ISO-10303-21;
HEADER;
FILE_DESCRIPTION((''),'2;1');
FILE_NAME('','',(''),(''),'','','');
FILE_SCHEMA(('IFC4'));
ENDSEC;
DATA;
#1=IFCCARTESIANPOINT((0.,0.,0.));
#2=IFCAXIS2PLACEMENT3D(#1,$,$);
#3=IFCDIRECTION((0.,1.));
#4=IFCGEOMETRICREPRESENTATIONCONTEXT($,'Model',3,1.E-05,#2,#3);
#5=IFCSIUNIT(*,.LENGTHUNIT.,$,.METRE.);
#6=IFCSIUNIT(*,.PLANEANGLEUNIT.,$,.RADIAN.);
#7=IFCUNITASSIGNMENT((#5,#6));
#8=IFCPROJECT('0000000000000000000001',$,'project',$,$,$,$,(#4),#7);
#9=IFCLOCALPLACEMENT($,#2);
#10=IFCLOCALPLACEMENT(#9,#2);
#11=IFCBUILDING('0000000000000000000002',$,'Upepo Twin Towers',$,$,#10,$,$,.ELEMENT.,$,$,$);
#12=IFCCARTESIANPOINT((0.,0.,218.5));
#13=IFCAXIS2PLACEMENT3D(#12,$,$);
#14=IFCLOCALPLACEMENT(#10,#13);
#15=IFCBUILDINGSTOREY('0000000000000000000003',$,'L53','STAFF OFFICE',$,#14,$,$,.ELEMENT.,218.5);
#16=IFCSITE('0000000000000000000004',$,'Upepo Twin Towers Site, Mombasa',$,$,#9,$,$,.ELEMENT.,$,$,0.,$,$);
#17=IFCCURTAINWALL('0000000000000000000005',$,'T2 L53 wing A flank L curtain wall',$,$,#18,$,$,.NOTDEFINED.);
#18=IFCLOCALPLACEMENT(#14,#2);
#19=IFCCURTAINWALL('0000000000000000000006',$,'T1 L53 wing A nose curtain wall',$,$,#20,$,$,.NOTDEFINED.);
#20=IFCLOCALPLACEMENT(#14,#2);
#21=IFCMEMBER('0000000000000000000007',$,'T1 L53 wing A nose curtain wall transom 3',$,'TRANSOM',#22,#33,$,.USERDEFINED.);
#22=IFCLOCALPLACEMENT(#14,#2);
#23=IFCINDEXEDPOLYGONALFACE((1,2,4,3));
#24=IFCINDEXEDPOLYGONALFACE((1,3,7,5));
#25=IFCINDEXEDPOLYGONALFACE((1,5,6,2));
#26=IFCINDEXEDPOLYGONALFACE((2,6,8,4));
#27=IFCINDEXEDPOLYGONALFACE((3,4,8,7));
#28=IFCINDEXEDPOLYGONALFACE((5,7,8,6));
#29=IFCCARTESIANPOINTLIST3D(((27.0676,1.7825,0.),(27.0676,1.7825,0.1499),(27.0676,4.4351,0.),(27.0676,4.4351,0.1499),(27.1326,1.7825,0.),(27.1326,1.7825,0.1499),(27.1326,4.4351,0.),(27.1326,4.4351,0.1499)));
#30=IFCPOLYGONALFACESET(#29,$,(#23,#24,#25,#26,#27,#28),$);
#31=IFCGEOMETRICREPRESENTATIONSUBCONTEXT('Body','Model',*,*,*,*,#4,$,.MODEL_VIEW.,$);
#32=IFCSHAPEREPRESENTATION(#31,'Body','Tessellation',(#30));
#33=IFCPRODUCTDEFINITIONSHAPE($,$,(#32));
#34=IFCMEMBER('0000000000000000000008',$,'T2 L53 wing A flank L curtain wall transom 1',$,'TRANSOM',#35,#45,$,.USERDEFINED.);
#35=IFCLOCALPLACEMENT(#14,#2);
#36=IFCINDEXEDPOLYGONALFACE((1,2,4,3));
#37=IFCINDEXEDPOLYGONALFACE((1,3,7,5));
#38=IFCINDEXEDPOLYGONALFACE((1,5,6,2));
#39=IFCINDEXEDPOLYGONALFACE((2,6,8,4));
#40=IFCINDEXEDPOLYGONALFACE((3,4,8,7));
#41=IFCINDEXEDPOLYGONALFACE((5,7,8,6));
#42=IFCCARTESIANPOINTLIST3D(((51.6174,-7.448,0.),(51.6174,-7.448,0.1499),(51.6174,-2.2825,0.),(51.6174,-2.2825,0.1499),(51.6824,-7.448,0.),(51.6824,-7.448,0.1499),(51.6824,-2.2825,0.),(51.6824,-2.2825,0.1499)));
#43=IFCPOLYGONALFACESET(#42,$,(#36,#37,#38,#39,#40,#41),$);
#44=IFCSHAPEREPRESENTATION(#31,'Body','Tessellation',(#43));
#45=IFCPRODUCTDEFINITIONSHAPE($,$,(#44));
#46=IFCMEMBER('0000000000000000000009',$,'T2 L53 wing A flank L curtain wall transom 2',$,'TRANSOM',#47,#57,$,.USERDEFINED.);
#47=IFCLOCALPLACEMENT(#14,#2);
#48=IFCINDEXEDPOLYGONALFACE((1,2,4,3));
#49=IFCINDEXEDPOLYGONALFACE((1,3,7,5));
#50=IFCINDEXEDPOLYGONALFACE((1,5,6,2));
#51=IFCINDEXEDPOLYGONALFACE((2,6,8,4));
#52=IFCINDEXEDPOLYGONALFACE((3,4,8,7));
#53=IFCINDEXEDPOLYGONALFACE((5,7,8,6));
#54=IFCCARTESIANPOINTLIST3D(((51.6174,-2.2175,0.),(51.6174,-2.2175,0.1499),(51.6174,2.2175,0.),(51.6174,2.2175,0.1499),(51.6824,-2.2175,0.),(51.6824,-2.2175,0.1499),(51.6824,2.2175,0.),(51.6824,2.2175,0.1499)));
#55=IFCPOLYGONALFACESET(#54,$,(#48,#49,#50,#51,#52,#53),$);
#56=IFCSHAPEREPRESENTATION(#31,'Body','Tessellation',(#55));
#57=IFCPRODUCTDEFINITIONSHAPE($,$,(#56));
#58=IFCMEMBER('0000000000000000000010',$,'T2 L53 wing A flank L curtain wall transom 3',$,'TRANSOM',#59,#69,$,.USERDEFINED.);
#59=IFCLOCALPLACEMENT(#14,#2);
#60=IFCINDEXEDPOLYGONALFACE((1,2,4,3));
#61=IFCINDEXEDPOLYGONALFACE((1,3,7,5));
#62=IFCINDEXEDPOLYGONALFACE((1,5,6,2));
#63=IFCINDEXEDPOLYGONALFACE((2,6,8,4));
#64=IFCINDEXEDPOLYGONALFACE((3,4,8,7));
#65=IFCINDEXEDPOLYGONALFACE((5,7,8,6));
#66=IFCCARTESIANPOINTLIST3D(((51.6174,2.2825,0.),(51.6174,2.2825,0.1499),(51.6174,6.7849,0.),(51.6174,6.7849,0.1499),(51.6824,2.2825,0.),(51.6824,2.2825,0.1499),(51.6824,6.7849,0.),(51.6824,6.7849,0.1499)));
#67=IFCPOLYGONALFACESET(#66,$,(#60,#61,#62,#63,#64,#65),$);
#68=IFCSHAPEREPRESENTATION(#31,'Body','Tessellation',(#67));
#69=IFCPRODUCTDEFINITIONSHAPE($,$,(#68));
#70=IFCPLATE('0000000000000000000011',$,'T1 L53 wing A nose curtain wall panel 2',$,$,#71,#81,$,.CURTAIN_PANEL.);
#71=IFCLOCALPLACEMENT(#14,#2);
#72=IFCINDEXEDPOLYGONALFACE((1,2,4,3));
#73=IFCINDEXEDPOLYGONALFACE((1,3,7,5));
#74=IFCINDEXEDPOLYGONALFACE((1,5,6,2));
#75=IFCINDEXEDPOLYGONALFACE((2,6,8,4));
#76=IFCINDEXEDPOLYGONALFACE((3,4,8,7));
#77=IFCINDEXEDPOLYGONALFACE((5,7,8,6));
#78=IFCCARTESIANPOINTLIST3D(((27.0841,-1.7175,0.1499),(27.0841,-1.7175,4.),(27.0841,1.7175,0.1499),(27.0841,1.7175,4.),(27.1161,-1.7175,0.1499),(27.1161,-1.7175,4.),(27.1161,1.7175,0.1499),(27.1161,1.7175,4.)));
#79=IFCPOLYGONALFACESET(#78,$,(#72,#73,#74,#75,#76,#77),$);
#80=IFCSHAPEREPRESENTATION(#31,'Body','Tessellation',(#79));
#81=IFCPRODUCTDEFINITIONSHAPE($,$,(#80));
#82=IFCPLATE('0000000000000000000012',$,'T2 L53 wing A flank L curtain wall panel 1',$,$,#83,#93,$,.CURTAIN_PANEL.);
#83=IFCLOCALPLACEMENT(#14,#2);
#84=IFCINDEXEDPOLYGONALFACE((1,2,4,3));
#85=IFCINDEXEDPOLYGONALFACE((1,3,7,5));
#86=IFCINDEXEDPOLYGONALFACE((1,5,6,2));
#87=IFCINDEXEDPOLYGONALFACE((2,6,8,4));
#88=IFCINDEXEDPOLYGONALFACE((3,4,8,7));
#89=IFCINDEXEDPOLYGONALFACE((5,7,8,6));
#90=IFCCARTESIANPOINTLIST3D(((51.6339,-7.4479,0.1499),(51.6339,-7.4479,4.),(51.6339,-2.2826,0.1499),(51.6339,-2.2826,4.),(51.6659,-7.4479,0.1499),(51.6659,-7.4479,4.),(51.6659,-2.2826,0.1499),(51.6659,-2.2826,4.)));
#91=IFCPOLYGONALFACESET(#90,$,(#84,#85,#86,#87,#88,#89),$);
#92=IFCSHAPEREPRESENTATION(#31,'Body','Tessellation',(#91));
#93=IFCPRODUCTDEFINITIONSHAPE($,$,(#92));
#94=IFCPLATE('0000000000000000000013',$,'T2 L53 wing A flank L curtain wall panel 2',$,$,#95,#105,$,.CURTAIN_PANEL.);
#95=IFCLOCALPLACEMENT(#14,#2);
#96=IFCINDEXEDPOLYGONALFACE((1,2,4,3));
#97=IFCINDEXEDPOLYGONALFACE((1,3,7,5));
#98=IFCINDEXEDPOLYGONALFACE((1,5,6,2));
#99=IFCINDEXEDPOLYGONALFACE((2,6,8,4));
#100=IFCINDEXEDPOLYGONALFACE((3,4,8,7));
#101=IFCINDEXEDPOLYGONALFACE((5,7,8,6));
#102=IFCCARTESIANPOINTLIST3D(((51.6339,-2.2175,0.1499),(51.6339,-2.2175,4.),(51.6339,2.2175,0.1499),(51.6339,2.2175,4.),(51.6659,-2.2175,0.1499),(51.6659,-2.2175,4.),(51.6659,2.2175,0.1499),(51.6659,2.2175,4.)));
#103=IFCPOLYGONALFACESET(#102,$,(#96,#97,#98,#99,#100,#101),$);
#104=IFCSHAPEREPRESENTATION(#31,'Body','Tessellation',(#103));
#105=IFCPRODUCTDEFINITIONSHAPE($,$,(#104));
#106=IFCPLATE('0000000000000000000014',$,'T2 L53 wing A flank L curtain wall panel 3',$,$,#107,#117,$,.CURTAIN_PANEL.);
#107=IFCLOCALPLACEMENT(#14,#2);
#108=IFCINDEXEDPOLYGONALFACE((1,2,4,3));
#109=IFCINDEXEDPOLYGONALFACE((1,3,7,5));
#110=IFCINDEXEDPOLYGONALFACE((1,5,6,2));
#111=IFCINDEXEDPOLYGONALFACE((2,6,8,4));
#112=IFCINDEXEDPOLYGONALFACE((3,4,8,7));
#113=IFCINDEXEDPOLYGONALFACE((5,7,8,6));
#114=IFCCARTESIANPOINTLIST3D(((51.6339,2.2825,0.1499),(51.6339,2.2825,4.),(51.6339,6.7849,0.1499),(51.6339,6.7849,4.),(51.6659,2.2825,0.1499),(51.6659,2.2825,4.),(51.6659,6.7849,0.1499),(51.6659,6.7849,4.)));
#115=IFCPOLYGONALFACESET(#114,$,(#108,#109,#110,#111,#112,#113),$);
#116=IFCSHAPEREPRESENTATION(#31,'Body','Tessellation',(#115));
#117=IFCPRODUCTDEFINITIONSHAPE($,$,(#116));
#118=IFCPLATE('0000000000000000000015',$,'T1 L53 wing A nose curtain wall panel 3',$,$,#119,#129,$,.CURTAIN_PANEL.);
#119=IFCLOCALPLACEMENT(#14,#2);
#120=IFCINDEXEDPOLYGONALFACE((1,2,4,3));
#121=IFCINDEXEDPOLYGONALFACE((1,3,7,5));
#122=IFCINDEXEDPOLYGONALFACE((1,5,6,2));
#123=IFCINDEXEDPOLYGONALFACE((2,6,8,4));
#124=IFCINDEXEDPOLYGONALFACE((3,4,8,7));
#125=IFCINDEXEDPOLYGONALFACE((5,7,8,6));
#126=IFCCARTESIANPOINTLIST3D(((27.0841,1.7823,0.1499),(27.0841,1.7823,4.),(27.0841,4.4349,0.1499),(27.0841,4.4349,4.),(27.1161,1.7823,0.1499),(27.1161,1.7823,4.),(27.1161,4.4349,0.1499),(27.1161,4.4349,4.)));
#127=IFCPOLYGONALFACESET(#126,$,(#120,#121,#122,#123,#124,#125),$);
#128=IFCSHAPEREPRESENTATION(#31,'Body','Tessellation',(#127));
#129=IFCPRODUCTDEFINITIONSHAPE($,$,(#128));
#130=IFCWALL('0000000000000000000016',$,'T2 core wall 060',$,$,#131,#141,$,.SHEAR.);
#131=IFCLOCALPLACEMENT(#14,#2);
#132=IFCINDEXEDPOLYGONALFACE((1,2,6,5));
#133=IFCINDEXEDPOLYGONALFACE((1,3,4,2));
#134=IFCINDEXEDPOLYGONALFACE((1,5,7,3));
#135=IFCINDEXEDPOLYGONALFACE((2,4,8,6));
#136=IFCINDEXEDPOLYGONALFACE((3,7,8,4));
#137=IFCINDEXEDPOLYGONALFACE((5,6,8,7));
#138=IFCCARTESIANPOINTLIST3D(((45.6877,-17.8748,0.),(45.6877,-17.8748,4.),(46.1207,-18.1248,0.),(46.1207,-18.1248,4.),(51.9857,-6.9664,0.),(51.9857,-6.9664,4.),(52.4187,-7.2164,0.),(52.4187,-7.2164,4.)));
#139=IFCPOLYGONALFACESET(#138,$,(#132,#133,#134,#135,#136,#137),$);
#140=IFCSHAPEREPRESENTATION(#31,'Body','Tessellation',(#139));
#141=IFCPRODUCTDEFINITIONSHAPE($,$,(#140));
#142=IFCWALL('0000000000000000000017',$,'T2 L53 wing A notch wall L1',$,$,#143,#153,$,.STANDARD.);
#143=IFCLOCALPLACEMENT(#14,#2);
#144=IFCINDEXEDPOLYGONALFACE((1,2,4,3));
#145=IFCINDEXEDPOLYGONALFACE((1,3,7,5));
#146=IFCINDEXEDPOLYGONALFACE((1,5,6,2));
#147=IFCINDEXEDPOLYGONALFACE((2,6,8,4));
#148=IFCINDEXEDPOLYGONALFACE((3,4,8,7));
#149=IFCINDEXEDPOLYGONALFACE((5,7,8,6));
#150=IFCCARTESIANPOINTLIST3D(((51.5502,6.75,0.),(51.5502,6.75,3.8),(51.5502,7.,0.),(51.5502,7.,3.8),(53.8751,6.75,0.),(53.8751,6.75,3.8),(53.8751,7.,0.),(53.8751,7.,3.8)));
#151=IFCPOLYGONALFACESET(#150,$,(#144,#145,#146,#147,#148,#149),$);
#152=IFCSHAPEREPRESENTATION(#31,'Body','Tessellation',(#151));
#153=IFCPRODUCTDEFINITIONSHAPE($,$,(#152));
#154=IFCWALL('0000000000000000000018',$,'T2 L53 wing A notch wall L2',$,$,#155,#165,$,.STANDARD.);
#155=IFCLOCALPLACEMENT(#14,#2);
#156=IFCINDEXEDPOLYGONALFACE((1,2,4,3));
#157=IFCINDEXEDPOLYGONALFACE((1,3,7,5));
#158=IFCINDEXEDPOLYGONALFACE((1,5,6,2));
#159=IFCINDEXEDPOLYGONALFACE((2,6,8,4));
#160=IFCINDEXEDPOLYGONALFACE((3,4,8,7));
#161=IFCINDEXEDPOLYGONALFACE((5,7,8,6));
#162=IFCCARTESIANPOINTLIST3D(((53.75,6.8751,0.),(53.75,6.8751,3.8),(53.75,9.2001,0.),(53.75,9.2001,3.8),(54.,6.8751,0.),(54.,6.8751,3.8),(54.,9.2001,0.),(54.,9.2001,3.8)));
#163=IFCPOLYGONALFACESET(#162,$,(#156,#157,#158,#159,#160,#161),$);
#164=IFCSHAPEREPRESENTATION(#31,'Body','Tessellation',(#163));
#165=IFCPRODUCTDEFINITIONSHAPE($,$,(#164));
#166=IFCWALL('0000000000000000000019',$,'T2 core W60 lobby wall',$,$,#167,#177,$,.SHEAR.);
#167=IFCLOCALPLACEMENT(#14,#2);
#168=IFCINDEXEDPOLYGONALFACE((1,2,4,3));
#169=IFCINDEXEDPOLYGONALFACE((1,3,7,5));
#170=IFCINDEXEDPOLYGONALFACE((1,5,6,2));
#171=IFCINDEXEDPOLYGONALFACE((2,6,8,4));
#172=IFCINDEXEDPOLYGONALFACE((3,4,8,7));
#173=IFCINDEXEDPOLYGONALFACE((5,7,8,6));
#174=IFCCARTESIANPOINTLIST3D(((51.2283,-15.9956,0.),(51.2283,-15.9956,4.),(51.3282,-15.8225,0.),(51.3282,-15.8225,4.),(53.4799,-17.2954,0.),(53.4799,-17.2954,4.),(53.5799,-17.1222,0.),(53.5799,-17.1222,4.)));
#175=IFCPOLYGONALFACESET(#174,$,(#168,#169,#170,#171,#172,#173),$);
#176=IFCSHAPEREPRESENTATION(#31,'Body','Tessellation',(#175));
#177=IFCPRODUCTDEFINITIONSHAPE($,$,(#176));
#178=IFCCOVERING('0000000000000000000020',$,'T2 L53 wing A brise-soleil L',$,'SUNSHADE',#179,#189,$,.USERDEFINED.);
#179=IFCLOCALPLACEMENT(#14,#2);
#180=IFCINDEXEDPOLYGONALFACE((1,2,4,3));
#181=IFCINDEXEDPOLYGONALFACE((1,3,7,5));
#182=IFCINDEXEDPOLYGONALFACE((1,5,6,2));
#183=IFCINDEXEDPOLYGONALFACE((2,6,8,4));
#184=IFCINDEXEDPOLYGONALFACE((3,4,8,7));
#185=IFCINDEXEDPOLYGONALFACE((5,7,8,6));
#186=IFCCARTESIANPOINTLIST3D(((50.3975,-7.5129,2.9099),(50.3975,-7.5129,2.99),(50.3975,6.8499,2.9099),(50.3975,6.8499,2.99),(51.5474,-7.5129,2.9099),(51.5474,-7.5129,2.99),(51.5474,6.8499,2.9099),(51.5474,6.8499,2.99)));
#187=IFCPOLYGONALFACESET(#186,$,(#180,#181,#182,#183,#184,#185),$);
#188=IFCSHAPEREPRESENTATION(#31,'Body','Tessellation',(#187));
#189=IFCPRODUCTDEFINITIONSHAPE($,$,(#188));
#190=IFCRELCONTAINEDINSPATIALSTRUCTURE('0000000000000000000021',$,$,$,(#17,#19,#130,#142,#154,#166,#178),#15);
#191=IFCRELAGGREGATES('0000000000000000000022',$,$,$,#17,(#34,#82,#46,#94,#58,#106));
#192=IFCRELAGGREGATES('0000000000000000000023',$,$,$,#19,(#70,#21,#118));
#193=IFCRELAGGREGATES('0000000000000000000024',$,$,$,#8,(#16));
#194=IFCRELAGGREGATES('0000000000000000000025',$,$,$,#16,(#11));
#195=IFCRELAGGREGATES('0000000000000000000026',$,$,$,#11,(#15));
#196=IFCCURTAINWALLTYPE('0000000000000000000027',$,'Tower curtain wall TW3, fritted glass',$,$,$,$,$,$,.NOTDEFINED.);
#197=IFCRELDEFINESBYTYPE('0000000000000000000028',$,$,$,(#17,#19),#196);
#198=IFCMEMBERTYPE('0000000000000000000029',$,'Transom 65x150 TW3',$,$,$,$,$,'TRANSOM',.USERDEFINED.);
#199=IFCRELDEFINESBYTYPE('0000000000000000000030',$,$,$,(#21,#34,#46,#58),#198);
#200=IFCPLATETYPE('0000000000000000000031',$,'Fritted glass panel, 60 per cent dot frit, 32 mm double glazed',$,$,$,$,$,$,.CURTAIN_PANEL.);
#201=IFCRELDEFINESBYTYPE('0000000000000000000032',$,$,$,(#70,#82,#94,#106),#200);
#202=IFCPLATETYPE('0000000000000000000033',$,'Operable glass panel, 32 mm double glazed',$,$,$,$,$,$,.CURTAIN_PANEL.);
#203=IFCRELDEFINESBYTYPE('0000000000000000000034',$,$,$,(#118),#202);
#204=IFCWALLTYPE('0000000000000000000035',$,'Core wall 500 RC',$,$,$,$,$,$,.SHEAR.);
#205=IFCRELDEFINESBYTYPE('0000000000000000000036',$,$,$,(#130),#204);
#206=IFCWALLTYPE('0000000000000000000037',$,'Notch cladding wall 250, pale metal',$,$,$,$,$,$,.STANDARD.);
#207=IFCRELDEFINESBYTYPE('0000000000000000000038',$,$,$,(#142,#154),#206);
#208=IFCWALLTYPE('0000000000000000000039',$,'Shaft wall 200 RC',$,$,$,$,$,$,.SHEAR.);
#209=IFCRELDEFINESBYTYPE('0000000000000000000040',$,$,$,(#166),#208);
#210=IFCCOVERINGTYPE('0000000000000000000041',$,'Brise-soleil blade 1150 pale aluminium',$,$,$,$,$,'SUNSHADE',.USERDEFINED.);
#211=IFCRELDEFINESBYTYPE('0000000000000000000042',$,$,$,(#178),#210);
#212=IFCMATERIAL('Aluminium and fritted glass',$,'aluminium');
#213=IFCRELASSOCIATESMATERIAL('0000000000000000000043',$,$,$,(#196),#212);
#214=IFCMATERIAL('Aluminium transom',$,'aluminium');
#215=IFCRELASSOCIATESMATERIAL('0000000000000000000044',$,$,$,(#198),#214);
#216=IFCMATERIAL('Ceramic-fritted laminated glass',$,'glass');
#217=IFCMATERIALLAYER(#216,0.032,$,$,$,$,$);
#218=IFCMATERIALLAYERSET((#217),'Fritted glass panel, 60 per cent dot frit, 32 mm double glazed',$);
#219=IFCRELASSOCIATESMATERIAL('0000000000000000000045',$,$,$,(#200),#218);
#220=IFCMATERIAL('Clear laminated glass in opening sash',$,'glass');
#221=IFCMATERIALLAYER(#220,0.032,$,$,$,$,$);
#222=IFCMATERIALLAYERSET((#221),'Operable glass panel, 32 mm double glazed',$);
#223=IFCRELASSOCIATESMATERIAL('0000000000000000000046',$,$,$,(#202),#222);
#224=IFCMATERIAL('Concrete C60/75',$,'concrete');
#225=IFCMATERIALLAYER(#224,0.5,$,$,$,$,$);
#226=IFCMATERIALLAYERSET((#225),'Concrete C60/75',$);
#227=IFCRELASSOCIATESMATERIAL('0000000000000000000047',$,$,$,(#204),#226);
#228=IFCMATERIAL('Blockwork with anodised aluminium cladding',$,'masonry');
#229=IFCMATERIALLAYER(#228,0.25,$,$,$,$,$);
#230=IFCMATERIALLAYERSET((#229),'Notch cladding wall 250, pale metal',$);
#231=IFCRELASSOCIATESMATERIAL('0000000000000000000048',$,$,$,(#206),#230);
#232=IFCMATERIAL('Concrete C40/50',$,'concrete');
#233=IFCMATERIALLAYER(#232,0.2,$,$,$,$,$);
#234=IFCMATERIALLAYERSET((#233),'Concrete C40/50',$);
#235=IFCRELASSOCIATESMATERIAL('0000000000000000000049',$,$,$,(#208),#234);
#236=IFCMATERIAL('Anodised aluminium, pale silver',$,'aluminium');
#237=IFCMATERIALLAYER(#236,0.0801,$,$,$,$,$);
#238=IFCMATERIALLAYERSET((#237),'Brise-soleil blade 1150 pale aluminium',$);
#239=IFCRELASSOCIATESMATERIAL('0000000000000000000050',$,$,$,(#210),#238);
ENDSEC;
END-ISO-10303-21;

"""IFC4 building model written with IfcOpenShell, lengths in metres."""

from ifc_helpers import new_model, si_unit, direction, frame, frame_2d, origin, origin_2d, place, context, subcontext, project, spatial, rectangle, extrude, material, layer, layer_set, material_profile, profile_set, type_object, element, aggregate, save


model = new_model("IFC4")

# Units and contexts
model_context = context("Model", 3, precision=1e-05, world=origin(), true_north=direction((0.0, 1.0)))
body_context = subcontext(model_context, "Body", "Model", "MODEL_VIEW")
ifc_project = project(units=[si_unit("LENGTHUNIT", "METRE"), si_unit("PLANEANGLEUNIT", "RADIAN")], contexts=[model_context])

# Site, building, storey
site_placement = place(None, origin())
site = spatial("IfcSite", under=ifc_project, at=site_placement, Name="Upepo Twin Towers Site, Mombasa", CompositionType="ELEMENT", RefElevation=0.0)
building_placement = place(site_placement, origin())
building = spatial("IfcBuilding", under=site, at=building_placement, Name="Upepo Twin Towers", CompositionType="ELEMENT")
storey_placement = place(building_placement, frame((0.0, 0.0, 218.5)))
storey = spatial("IfcBuildingStorey", under=building, at=storey_placement, Name="L53", Description="STAFF OFFICE", CompositionType="ELEMENT", Elevation=218.5)

# Curtain wall
ifc_material_1 = material(Name="Aluminium and fritted glass", Category="aluminium")
curtain_wall_type = type_object("IfcCurtainWallType", Name="Tower curtain wall TW3, fritted glass", PredefinedType="NOTDEFINED", material=ifc_material_1)
curtain_wall_1_placement = place(storey_placement, origin())
curtain_wall_1 = element("IfcCurtainWall", 1, at=curtain_wall_1_placement, inside=storey, type_object=curtain_wall_type, Name="T2 L53 wing A flank L curtain wall", PredefinedType="NOTDEFINED")

# Curtain wall, member
curtain_wall_2_placement = place(storey_placement, origin())
curtain_wall_2 = element("IfcCurtainWall", 2, at=curtain_wall_2_placement, inside=storey, type_object=curtain_wall_type, Name="T1 L53 wing A nose curtain wall", PredefinedType="NOTDEFINED")
ifc_material_2 = material(Name="Aluminium transom", Category="aluminium")
ifc_material_profile_1 = material_profile(ifc_material_2, rectangle(XDim=0.0649, YDim=0.1499, at=origin_2d()), Name="TRANSOM 65x150")
ifc_profile_set_1 = profile_set([ifc_material_profile_1], Name="Aluminium transom")
member_type_1 = type_object("IfcMemberType", Name="Transom 65x150 TW3", ElementType="TRANSOM", PredefinedType="USERDEFINED", material=ifc_profile_set_1)
member_1_placement = place(storey_placement, frame((27.1001, 1.7825, 0.075), z_axis=(0.0, 1.0, 0.0), x_axis=(-1.0, 0.0, 0.0)))
member_1 = element("IfcMember", 3, at=member_1_placement, type_object=member_type_1, Name="T1 L53 wing A nose curtain wall transom 3", ObjectType="TRANSOM", PredefinedType="USERDEFINED", context=body_context, shape_type="SweptSolid", body=[
    extrude(rectangle(XDim=0.0649, YDim=0.1499, at=origin_2d()), origin(), (0.0, 0.0, 1.0), 2.6526),
])

# Members
member_2_placement = place(storey_placement, frame((51.6499, -7.448, 0.075), z_axis=(0.0, 1.0, 0.0), x_axis=(-1.0, 0.0, 0.0)))
member_2 = element("IfcMember", 4, at=member_2_placement, type_object=member_type_1, Name="T2 L53 wing A flank L curtain wall transom 1", ObjectType="TRANSOM", PredefinedType="USERDEFINED", context=body_context, shape_type="SweptSolid", body=[
    extrude(rectangle(XDim=0.0649, YDim=0.1499, at=origin_2d()), origin(), (0.0, 0.0, 1.0), 5.1655),
])
member_3_placement = place(storey_placement, frame((51.6499, -2.2175, 0.075), z_axis=(0.0, 1.0, 0.0), x_axis=(-1.0, 0.0, 0.0)))
member_3 = element("IfcMember", 5, at=member_3_placement, type_object=member_type_1, Name="T2 L53 wing A flank L curtain wall transom 2", ObjectType="TRANSOM", PredefinedType="USERDEFINED", context=body_context, shape_type="SweptSolid", body=[
    extrude(rectangle(XDim=0.0649, YDim=0.1499, at=origin_2d()), origin(), (0.0, 0.0, 1.0), 4.4351),
])
member_4_placement = place(storey_placement, frame((51.6499, 2.2825, 0.075), z_axis=(0.0, 1.0, 0.0), x_axis=(-1.0, 0.0, 0.0)))
member_4 = element("IfcMember", 6, at=member_4_placement, type_object=member_type_1, Name="T2 L53 wing A flank L curtain wall transom 3", ObjectType="TRANSOM", PredefinedType="USERDEFINED", context=body_context, shape_type="SweptSolid", body=[
    extrude(rectangle(XDim=0.0649, YDim=0.1499, at=origin_2d()), origin(), (0.0, 0.0, 1.0), 4.5024),
])

# Plates
ifc_material_3 = material(Name="Ceramic-fritted laminated glass", Category="glass")
ifc_layer_1 = layer(ifc_material_3, 0.032)
ifc_layer_set_1 = layer_set([ifc_layer_1], Name="Fritted glass panel, 60 per cent dot frit, 32 mm double glazed")
plate_type_1 = type_object("IfcPlateType", Name="Fritted glass panel, 60 per cent dot frit, 32 mm double glazed", PredefinedType="CURTAIN_PANEL", material=ifc_layer_set_1)
plate_1_placement = place(storey_placement, frame((27.1001, 0.0, 0.1499), z_axis=(0.0, 0.0, 1.0), x_axis=(0.0, 1.0, 0.0)))
plate_1 = element("IfcPlate", 7, at=plate_1_placement, type_object=plate_type_1, Name="T1 L53 wing A nose curtain wall panel 2", PredefinedType="CURTAIN_PANEL", context=body_context, shape_type="SweptSolid", body=[
    extrude(rectangle(XDim=3.4351, YDim=0.032, at=origin_2d()), origin(), (0.0, 0.0, 1.0), 3.8501),
])
plate_2_placement = place(storey_placement, frame((51.6499, -4.8652, 0.1499), z_axis=(0.0, 0.0, 1.0), x_axis=(0.0, 1.0, 0.0)))
plate_2 = element("IfcPlate", 8, at=plate_2_placement, type_object=plate_type_1, Name="T2 L53 wing A flank L curtain wall panel 1", PredefinedType="CURTAIN_PANEL", context=body_context, shape_type="SweptSolid", body=[
    extrude(rectangle(XDim=5.1653, YDim=0.032, at=origin_2d()), origin(), (0.0, 0.0, 1.0), 3.8501),
])
plate_3_placement = place(storey_placement, frame((51.6499, 0.0, 0.1499), z_axis=(0.0, 0.0, 1.0), x_axis=(0.0, 1.0, 0.0)))
plate_3 = element("IfcPlate", 9, at=plate_3_placement, type_object=plate_type_1, Name="T2 L53 wing A flank L curtain wall panel 2", PredefinedType="CURTAIN_PANEL", context=body_context, shape_type="SweptSolid", body=[
    extrude(rectangle(XDim=4.4351, YDim=0.032, at=origin_2d()), origin(), (0.0, 0.0, 1.0), 3.8501),
])
plate_4_placement = place(storey_placement, frame((51.6499, 4.5337, 0.1499), z_axis=(0.0, 0.0, 1.0), x_axis=(0.0, 1.0, 0.0)))
plate_4 = element("IfcPlate", 10, at=plate_4_placement, type_object=plate_type_1, Name="T2 L53 wing A flank L curtain wall panel 3", PredefinedType="CURTAIN_PANEL", context=body_context, shape_type="SweptSolid", body=[
    extrude(rectangle(XDim=4.5024, YDim=0.032, at=origin_2d()), origin(), (0.0, 0.0, 1.0), 3.8501),
])
aggregate(curtain_wall_1, [member_2, plate_2, member_3, plate_3, member_4, plate_4])
ifc_material_4 = material(Name="Clear laminated glass in opening sash", Category="glass")
ifc_layer_2 = layer(ifc_material_4, 0.032)
ifc_layer_set_2 = layer_set([ifc_layer_2], Name="Operable glass panel, 32 mm double glazed")
plate_type_2 = type_object("IfcPlateType", Name="Operable glass panel, 32 mm double glazed", PredefinedType="CURTAIN_PANEL", material=ifc_layer_set_2)
plate_5_placement = place(storey_placement, frame((27.1001, 3.1086, 0.1499), z_axis=(0.0, 0.0, 1.0), x_axis=(0.0, 1.0, 0.0)))
plate_5 = element("IfcPlate", 11, at=plate_5_placement, type_object=plate_type_2, Name="T1 L53 wing A nose curtain wall panel 3", PredefinedType="CURTAIN_PANEL", context=body_context, shape_type="SweptSolid", body=[
    extrude(rectangle(XDim=2.6526, YDim=0.032, at=origin_2d()), origin(), (0.0, 0.0, 1.0), 3.8501),
])
aggregate(curtain_wall_2, [plate_1, member_1, plate_5])

# Walls
ifc_material_5 = material(Name="Concrete C60/75", Category="concrete")
ifc_layer_3 = layer(ifc_material_5, 0.5)
ifc_layer_set_3 = layer_set([ifc_layer_3], Name="Concrete C60/75")
wall_type_1 = type_object("IfcWallType", Name="Core wall 500 RC", PredefinedType="SHEAR", material=ifc_layer_set_3)
wall_1_placement = place(storey_placement, frame((52.2021, -7.0916, 0.0), z_axis=(0.0, 0.0, 1.0), x_axis=(-0.500006, -0.866022, 0.0)))
element("IfcWall", 12, at=wall_1_placement, inside=storey, type_object=wall_type_1, Name="T2 core wall 060", PredefinedType="SHEAR", context=body_context, shape_type="SweptSolid", body=[
    extrude(rectangle(XDim=12.5959, YDim=0.5, at=frame_2d((6.2979, 0.0))), origin(), (0.0, 0.0, 1.0), 4.0),
])
ifc_material_6 = material(Name="Blockwork with anodised aluminium cladding", Category="masonry")
ifc_layer_4 = layer(ifc_material_6, 0.25)
ifc_layer_set_4 = layer_set([ifc_layer_4], Name="Notch cladding wall 250, pale metal")
wall_type_2 = type_object("IfcWallType", Name="Notch cladding wall 250, pale metal", PredefinedType="STANDARD", material=ifc_layer_set_4)
for number, where, z_axis, x_axis, name in (
    (13, (51.55, 6.875, 0.0), (0.0, 0.0, 1.0), (1.0, 0.0, 0.0), "T2 L53 wing A notch wall L1"),
    (14, (53.875, 6.875, 0.0), (0.0, 0.0, 1.0), (0.0, 1.0, 0.0), "T2 L53 wing A notch wall L2"),
):
    element("IfcWall", number, at=place(storey_placement, frame(where, z_axis=z_axis, x_axis=x_axis)), inside=storey, type_object=wall_type_2, Name=name, PredefinedType="STANDARD", context=body_context, shape_type="SweptSolid", body=[
        extrude(rectangle(XDim=2.325, YDim=0.25, at=frame_2d((1.1626, 0.0))), origin(), (0.0, 0.0, 1.0), 3.8),
    ])
ifc_material_7 = material(Name="Concrete C40/50", Category="concrete")
ifc_layer_5 = layer(ifc_material_7, 0.2)
ifc_layer_set_5 = layer_set([ifc_layer_5], Name="Concrete C40/50")
wall_type_3 = type_object("IfcWallType", Name="Shaft wall 200 RC", PredefinedType="SHEAR", material=ifc_layer_set_5)
wall_2_placement = place(storey_placement, frame((53.5298, -17.2087, 0.0), z_axis=(0.0, 0.0, 1.0), x_axis=(-0.866062, 0.499937, 0.0)))
element("IfcWall", 15, at=wall_2_placement, inside=storey, type_object=wall_type_3, Name="T2 core W60 lobby wall", PredefinedType="SHEAR", context=body_context, shape_type="SweptSolid", body=[
    extrude(rectangle(XDim=2.5999, YDim=0.2, at=frame_2d((1.2998, 0.0))), origin(), (0.0, 0.0, 1.0), 4.0),
])

# Covering
ifc_material_8 = material(Name="Anodised aluminium, pale silver", Category="aluminium")
ifc_layer_6 = layer(ifc_material_8, 0.0801)
ifc_layer_set_6 = layer_set([ifc_layer_6], Name="Brise-soleil blade 1150 pale aluminium")
covering_type = type_object("IfcCoveringType", Name="Brise-soleil blade 1150 pale aluminium", ElementType="SUNSHADE", PredefinedType="USERDEFINED", material=ifc_layer_set_6)
covering_placement = place(storey_placement, frame((50.9724, -0.3315, 2.9099), z_axis=(0.0, 0.0, 1.0), x_axis=(0.0, 1.0, 0.0)))
element("IfcCovering", 16, at=covering_placement, inside=storey, type_object=covering_type, Name="T2 L53 wing A brise-soleil L", ObjectType="SUNSHADE", PredefinedType="USERDEFINED", context=body_context, shape_type="SweptSolid", body=[
    extrude(rectangle(XDim=14.3628, YDim=1.1499, at=origin_2d()), origin(), (0.0, 0.0, 1.0), 0.0801),
])

save(model, "model.ifc")
